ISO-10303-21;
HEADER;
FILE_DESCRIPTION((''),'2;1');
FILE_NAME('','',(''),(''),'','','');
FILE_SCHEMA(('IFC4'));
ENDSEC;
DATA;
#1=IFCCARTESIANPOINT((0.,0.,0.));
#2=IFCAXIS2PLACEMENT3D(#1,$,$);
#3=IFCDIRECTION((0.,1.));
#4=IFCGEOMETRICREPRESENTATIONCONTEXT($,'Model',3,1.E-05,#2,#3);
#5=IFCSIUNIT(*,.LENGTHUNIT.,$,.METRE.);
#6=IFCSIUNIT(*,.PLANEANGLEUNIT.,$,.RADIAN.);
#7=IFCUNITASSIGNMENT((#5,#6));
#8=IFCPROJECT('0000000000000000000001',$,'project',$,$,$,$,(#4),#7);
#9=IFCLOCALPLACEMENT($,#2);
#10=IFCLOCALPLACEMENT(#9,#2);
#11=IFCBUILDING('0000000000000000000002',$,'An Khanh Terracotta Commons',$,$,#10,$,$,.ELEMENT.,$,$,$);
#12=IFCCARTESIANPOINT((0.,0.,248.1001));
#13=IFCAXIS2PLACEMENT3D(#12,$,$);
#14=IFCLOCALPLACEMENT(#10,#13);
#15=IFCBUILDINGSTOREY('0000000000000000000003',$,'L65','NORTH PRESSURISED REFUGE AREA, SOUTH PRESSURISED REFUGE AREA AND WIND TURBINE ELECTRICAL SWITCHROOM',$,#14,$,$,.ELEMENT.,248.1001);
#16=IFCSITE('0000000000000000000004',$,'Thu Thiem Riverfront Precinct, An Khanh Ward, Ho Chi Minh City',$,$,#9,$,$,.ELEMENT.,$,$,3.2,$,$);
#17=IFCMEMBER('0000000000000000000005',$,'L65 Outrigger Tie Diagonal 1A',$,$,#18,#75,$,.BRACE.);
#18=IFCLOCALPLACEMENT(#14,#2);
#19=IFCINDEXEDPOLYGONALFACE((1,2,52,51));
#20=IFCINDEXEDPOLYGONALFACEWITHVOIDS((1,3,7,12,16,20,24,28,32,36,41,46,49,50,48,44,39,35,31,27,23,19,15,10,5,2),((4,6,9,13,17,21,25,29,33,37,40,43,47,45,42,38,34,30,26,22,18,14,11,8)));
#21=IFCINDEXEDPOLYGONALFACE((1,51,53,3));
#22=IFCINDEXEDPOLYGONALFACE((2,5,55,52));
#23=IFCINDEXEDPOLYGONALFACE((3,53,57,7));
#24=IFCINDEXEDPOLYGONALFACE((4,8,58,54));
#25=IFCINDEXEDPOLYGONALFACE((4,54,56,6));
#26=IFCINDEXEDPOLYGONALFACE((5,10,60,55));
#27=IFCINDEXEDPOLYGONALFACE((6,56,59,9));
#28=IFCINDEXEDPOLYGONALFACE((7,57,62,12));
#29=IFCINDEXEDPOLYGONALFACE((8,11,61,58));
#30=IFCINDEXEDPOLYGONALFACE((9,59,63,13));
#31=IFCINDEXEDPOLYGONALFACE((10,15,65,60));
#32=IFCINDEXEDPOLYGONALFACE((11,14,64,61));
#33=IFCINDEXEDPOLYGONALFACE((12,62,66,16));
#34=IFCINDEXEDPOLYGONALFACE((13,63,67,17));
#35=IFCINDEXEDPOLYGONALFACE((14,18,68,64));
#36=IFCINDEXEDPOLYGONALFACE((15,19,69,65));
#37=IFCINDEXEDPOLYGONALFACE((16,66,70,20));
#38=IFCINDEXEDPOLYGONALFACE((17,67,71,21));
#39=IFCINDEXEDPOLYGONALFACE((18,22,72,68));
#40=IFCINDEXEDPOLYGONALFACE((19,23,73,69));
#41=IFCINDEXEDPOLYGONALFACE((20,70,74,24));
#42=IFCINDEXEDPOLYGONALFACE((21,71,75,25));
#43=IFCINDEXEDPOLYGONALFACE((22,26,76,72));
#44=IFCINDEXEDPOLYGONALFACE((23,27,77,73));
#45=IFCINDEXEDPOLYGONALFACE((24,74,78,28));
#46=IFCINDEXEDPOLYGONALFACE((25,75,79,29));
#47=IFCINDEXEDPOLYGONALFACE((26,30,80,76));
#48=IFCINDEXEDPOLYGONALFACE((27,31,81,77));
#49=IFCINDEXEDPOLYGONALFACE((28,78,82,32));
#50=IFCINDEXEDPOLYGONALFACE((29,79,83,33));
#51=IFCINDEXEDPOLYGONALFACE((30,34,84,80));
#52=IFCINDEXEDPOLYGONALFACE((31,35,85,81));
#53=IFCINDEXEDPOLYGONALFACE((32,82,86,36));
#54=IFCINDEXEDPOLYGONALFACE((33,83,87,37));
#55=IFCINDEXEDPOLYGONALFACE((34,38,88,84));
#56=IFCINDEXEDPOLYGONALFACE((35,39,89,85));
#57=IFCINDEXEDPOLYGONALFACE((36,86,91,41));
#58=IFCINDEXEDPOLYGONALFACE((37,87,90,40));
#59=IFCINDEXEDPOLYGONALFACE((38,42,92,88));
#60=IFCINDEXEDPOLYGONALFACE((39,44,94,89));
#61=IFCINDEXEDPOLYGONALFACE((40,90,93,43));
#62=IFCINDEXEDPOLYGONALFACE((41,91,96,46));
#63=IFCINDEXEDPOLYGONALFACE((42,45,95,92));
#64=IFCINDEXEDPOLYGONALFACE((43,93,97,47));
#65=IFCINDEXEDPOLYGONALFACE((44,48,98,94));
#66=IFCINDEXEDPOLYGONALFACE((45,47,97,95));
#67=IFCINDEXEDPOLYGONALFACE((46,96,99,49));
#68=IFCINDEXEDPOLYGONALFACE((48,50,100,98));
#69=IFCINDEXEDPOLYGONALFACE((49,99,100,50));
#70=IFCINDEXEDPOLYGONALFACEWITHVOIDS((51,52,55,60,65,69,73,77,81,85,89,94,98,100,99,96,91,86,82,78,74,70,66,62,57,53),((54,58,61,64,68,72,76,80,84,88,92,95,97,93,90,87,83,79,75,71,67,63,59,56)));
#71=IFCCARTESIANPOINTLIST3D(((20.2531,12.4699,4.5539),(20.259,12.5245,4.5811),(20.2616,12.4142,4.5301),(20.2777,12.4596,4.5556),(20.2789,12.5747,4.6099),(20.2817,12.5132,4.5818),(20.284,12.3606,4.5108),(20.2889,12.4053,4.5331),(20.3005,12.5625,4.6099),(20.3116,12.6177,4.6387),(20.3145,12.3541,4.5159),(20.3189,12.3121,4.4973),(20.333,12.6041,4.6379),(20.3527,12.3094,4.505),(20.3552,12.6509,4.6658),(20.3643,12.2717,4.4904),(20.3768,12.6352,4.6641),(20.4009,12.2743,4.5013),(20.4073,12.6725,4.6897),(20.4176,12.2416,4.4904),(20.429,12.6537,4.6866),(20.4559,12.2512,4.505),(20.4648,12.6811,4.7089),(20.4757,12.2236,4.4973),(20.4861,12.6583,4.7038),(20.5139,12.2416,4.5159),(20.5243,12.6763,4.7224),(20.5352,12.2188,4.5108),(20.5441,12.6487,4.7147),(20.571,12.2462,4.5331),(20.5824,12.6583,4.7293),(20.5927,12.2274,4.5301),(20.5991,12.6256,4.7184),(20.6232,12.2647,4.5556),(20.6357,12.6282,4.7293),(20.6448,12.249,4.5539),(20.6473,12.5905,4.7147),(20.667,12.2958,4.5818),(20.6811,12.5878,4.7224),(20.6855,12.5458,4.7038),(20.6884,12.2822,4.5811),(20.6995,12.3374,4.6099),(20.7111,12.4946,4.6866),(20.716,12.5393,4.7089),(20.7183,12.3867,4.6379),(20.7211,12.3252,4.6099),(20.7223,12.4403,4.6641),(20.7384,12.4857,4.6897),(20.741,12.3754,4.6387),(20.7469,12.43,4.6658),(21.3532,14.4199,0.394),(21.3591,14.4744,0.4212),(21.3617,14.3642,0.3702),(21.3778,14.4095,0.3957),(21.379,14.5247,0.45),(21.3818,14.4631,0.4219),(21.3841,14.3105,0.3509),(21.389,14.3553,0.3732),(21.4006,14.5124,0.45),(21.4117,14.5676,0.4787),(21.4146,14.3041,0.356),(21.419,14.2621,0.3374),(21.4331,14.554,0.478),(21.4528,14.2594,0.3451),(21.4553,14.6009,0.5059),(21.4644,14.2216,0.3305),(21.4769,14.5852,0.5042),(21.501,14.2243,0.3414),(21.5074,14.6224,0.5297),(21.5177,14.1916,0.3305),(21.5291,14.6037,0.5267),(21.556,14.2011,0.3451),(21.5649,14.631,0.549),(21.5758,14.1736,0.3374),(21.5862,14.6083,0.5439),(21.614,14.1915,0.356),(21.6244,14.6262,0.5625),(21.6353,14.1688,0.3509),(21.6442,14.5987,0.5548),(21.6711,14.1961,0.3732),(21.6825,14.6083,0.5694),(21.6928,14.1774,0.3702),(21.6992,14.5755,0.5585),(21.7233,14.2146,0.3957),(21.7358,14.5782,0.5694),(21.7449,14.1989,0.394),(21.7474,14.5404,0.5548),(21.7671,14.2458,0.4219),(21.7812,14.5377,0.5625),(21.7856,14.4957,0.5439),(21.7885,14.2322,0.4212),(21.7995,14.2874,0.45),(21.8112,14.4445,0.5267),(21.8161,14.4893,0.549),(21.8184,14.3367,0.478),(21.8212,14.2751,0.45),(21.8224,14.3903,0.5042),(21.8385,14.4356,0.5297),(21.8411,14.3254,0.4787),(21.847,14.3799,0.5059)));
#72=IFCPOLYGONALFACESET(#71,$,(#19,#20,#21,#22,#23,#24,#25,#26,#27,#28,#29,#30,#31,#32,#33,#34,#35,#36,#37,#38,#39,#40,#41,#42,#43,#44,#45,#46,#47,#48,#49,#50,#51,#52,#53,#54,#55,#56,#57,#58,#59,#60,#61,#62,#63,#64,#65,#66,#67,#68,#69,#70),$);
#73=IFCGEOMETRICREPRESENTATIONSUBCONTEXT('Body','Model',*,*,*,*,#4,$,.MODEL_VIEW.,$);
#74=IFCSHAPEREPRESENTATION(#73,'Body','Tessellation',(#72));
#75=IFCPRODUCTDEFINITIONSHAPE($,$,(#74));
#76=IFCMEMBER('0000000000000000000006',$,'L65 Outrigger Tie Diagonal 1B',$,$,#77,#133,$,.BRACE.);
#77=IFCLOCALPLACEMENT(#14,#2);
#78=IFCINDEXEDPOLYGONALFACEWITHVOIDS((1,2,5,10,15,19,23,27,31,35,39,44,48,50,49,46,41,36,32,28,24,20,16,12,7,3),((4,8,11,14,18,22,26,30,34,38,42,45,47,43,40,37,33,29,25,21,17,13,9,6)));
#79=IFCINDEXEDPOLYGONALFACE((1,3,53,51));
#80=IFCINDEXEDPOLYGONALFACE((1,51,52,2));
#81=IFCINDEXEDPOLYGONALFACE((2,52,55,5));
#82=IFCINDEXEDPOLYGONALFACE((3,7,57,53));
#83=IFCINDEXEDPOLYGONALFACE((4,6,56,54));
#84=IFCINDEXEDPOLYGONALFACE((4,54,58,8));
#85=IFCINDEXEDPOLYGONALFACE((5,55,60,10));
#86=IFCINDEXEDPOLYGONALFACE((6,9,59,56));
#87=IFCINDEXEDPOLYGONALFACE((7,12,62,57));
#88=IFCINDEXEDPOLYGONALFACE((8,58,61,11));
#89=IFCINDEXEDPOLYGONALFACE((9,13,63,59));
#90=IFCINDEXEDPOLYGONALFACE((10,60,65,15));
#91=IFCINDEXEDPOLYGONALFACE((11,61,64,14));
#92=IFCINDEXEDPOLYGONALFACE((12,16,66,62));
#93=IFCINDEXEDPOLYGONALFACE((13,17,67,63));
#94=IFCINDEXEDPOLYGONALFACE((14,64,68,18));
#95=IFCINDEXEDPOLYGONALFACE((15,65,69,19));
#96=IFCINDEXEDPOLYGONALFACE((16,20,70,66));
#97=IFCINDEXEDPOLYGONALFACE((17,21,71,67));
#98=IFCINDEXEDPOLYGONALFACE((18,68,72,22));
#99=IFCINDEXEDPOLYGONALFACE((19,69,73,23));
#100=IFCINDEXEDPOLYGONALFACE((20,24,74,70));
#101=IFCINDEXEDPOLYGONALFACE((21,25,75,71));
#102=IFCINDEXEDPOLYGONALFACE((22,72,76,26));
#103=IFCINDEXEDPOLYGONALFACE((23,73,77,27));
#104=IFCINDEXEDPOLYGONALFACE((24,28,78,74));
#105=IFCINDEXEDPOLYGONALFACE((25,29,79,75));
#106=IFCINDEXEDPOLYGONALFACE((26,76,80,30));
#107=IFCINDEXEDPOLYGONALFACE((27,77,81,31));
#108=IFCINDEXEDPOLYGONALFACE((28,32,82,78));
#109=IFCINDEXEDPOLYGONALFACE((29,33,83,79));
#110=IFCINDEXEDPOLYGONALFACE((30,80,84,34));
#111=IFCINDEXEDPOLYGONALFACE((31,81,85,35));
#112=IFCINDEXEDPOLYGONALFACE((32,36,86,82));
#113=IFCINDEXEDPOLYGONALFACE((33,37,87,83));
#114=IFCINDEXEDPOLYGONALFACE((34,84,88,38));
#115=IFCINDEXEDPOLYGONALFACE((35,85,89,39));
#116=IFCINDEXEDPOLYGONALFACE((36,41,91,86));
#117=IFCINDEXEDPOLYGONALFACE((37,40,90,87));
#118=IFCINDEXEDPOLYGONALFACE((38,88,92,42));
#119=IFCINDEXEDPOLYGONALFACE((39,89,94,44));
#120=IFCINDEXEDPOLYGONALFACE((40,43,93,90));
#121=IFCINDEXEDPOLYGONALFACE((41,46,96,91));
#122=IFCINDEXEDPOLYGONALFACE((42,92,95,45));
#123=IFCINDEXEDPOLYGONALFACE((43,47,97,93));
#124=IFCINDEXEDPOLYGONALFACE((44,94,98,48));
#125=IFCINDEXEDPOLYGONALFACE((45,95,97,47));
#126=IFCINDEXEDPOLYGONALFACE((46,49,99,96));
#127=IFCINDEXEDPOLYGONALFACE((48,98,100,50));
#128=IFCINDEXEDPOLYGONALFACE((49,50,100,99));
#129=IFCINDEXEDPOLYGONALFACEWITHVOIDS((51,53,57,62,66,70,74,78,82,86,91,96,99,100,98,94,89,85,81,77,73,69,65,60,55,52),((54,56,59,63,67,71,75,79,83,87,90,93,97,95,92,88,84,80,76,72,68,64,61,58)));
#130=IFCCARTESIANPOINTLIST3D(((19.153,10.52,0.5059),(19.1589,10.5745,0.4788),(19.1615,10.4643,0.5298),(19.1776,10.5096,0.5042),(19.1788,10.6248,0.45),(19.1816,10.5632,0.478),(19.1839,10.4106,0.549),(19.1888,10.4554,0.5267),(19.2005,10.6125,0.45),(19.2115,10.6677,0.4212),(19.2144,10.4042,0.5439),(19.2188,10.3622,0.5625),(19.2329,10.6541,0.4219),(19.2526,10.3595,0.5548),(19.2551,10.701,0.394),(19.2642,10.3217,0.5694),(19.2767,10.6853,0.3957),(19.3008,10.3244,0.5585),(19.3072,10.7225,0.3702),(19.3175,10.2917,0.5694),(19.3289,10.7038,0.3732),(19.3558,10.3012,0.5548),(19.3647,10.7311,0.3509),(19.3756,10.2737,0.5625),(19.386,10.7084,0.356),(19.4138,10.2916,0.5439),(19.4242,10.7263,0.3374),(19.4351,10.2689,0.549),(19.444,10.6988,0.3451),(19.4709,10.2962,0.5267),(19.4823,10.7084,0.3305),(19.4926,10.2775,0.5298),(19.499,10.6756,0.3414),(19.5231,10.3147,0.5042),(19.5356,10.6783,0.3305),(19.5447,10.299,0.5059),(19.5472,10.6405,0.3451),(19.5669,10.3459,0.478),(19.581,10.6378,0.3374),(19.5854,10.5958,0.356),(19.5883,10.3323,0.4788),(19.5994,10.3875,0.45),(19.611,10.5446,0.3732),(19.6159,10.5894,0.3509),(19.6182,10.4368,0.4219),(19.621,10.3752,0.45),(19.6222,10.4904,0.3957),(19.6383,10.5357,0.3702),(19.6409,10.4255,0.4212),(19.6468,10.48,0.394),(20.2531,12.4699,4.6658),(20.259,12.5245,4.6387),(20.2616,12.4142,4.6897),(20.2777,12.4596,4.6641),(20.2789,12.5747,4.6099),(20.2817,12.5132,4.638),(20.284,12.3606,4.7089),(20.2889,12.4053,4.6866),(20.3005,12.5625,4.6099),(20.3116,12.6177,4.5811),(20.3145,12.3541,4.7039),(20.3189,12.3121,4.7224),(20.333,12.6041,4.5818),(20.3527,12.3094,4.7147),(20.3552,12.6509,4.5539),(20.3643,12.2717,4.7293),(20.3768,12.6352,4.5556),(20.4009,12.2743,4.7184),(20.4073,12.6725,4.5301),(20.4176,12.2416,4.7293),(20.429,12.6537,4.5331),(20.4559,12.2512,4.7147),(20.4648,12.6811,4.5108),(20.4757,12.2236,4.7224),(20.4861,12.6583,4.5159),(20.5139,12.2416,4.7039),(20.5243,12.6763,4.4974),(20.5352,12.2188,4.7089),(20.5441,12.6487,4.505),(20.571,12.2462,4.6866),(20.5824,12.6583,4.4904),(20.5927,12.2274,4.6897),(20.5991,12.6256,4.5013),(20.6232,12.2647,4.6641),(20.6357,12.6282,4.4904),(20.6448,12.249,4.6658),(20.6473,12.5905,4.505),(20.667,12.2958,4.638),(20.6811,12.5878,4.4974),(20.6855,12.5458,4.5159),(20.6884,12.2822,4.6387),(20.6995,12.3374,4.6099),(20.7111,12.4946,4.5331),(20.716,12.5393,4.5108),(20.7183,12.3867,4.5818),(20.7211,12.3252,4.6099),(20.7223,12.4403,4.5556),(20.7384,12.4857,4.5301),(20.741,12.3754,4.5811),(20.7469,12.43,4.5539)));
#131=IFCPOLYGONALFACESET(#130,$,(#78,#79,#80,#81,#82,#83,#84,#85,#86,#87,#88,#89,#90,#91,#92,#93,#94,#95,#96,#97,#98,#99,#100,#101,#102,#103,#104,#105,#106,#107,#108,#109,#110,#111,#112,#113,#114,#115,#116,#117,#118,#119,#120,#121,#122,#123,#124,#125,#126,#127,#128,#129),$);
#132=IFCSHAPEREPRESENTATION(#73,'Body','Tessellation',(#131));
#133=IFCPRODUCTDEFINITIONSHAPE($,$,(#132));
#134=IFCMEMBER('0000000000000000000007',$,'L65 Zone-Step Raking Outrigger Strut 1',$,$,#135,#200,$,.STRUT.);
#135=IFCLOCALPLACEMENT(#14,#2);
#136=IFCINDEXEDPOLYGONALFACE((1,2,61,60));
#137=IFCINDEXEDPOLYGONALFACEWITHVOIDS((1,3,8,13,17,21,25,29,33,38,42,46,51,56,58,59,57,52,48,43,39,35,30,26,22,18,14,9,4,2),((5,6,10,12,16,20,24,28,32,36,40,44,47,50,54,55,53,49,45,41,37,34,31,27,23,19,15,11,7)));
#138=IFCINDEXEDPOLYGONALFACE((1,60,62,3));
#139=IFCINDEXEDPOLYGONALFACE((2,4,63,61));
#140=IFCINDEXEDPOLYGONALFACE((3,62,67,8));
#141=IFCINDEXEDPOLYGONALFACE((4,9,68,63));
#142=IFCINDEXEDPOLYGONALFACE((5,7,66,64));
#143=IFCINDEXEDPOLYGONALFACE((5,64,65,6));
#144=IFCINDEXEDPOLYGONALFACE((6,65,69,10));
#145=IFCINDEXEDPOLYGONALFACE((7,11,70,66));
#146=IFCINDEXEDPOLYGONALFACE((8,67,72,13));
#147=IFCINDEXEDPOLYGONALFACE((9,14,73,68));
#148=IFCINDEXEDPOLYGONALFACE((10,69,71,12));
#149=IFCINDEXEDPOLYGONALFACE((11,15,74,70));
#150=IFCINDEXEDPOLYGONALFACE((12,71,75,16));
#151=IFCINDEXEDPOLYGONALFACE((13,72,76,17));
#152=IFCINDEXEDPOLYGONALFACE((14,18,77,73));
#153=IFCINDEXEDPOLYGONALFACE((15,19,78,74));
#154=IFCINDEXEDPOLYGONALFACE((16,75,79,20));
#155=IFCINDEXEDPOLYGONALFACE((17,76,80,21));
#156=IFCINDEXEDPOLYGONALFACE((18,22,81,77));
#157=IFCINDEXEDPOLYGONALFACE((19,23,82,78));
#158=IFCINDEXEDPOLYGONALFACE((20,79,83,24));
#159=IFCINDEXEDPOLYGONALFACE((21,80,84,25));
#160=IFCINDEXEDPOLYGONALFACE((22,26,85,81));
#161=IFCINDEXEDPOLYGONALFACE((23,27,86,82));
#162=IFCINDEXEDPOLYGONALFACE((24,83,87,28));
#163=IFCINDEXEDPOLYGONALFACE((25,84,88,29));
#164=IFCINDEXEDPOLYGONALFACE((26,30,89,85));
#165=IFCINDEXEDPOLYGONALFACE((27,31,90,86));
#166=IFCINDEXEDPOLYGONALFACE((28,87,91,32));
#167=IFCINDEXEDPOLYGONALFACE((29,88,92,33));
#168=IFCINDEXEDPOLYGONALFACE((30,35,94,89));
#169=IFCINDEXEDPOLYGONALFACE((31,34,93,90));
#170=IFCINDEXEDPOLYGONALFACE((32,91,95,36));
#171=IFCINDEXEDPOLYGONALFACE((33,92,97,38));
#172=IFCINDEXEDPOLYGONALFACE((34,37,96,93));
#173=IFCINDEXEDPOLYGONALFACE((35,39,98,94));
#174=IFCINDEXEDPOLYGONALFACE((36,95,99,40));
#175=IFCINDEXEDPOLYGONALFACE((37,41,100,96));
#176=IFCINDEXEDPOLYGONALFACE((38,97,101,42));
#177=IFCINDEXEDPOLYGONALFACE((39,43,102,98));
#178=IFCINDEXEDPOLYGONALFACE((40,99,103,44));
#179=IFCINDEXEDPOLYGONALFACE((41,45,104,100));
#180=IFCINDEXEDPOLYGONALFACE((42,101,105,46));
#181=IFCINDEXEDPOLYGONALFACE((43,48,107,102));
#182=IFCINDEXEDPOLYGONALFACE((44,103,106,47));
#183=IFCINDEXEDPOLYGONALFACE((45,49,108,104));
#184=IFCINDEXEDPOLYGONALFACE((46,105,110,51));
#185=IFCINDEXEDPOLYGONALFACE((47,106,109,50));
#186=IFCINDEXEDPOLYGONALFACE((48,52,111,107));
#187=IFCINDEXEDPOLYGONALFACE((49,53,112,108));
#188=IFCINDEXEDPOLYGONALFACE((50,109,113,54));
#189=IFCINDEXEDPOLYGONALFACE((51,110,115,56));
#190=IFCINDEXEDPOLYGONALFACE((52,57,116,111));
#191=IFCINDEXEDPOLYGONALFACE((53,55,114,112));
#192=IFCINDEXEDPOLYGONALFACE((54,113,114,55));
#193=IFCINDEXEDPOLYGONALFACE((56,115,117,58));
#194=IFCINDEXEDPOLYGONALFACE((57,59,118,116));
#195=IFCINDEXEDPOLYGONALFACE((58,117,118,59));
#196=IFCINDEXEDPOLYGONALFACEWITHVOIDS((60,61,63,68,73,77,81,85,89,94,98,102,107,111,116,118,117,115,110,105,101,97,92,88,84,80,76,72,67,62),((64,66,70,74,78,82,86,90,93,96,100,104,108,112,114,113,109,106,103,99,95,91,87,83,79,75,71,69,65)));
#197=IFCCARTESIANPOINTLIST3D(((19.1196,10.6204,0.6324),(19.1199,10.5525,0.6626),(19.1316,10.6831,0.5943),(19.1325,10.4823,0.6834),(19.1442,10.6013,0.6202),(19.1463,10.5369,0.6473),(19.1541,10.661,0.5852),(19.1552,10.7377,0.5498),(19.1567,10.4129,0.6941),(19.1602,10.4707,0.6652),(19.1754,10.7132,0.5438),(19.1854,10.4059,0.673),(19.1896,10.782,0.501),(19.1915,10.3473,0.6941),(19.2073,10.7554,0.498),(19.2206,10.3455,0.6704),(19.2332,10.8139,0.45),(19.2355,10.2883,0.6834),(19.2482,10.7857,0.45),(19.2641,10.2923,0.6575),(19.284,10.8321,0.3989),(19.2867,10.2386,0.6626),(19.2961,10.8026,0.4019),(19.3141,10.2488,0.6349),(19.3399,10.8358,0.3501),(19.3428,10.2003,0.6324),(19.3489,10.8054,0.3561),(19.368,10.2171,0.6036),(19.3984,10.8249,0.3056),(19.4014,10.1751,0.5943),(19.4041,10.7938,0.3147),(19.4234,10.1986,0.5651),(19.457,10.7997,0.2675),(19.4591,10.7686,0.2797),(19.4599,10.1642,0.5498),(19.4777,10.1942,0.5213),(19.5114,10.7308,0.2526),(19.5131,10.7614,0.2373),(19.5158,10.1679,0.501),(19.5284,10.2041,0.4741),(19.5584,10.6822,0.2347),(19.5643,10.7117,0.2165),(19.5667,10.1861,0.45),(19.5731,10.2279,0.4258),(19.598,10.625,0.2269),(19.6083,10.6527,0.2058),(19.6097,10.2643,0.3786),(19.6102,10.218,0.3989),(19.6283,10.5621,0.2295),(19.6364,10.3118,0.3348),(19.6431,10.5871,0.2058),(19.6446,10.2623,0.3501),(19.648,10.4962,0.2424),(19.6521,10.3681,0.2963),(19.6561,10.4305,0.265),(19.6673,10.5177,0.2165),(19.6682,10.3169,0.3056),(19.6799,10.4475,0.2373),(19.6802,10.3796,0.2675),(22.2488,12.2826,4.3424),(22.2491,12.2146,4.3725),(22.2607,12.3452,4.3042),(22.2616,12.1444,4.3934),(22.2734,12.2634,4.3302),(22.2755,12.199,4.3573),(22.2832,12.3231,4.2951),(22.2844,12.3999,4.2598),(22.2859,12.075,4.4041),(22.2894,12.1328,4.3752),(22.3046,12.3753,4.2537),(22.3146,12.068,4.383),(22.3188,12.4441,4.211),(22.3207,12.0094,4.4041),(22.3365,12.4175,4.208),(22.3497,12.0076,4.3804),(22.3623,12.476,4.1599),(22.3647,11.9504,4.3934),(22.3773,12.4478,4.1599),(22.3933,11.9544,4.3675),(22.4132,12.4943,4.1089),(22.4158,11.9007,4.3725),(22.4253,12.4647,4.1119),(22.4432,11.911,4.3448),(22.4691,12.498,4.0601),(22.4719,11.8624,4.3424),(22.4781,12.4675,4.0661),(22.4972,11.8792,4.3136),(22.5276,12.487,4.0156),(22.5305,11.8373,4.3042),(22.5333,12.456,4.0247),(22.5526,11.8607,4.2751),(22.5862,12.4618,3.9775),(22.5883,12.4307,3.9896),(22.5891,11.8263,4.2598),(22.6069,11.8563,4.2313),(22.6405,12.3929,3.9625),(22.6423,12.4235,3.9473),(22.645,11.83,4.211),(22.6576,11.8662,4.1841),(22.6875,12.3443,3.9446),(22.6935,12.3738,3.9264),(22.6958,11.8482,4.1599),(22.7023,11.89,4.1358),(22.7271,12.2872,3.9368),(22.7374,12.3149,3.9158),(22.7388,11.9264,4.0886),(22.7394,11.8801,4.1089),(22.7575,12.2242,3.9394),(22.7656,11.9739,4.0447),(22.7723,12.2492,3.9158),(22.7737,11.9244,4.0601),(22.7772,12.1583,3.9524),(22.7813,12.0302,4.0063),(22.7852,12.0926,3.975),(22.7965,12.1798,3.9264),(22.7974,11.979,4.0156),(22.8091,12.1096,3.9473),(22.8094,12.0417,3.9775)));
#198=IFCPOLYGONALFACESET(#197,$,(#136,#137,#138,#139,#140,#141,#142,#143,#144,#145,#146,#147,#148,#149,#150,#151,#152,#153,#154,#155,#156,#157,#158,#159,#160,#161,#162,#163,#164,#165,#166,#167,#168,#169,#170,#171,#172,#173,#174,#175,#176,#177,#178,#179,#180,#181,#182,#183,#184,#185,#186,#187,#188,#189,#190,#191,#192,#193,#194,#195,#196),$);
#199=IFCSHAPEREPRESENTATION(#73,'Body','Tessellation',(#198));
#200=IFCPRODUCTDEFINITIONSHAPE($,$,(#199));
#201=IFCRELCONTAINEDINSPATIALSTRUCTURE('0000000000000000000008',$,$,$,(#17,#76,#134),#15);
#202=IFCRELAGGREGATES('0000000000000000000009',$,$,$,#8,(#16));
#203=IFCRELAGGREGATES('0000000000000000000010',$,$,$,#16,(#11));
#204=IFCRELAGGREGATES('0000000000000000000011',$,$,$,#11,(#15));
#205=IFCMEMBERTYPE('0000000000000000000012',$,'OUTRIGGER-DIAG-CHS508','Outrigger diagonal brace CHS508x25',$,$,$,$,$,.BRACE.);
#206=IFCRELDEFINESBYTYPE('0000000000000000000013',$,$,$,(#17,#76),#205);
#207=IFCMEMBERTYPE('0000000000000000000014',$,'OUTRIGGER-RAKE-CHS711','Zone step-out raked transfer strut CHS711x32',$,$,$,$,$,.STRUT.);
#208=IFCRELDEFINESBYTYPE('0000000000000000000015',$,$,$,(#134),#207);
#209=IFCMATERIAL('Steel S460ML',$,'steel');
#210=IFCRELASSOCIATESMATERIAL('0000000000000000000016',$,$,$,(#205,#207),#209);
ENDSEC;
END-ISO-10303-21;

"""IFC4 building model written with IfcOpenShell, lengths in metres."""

from ifc_helpers import new_model, si_unit, direction, frame, origin, origin_2d, place, context, subcontext, project, spatial, hollow_circle, extrude, material, material_profile, profile_set, type_object, element, save


model = new_model("IFC4")

# Units and contexts
model_context = context("Model", 3, precision=1e-05, world=origin(), true_north=direction((0.0, 1.0)))
body_context = subcontext(model_context, "Body", "Model", "MODEL_VIEW")
ifc_project = project(units=[si_unit("LENGTHUNIT", "METRE"), si_unit("PLANEANGLEUNIT", "RADIAN")], contexts=[model_context])

# Site, building, storey
site_placement = place(None, origin())
site = spatial("IfcSite", under=ifc_project, at=site_placement, Name="Thu Thiem Riverfront Precinct, An Khanh Ward, Ho Chi Minh City", CompositionType="ELEMENT", RefElevation=3.2)
building_placement = place(site_placement, origin())
building = spatial("IfcBuilding", under=site, at=building_placement, Name="An Khanh Terracotta Commons", CompositionType="ELEMENT")
storey_placement = place(building_placement, frame((0.0, 0.0, 248.1001)))
storey = spatial("IfcBuildingStorey", under=building, at=storey_placement, Name="L65", Description="NORTH PRESSURISED REFUGE AREA, SOUTH PRESSURISED REFUGE AREA AND WIND TURBINE ELECTRICAL SWITCHROOM", CompositionType="ELEMENT", Elevation=248.1001)

# Shared definitions
ifc_material_1 = material(Name="Steel S460ML", Category="steel")

# Members
ifc_material_profile_1 = material_profile(ifc_material_1, hollow_circle(Radius=0.2539, WallThickness=0.0249, at=origin_2d()), Name="CHS508x25")
ifc_profile_set_1 = profile_set([ifc_material_profile_1], Name="Steel S460ML")
member_type_1 = type_object("IfcMemberType", Name="OUTRIGGER-DIAG-CHS508", Description="Outrigger diagonal brace CHS508x25", PredefinedType="BRACE", material=ifc_profile_set_1)
for number, where, z_axis, x_axis, name in (
    (1, (21.6001, 14.3999, 0.45), (-0.232868, -0.412764, 0.880567), (0.870955, -0.491364, 0.0), "L65 Outrigger Tie Diagonal 1A"),
    (2, (20.5, 12.45, 4.6099), (-0.232868, -0.412764, -0.880567), (0.870955, -0.491364, 0.0), "L65 Outrigger Tie Diagonal 1B"),
):
    element("IfcMember", number, at=place(storey_placement, frame(where, z_axis=z_axis, x_axis=x_axis)), inside=storey, type_object=member_type_1, Name=name, PredefinedType="BRACE", context=body_context, shape_type="SweptSolid", body=[
        extrude(hollow_circle(Radius=0.2539, WallThickness=0.0249, at=origin_2d()), origin(), (0.0, 0.0, 1.0), 4.7241),
    ])
ifc_material_profile_2 = material_profile(ifc_material_1, hollow_circle(Radius=0.3555, WallThickness=0.032, at=origin_2d()), Name="CHS711x32")
ifc_profile_set_2 = profile_set([ifc_material_profile_2], Name="Steel S460ML")
member_type_2 = type_object("IfcMemberType", Name="OUTRIGGER-RAKE-CHS711", Description="Zone step-out raked transfer strut CHS711x32", PredefinedType="STRUT", material=ifc_profile_set_2)
member_1_placement = place(storey_placement, frame((19.3999, 10.5, 0.45), z_axis=(0.609958, 0.323991, 0.723174), x_axis=(-0.4691, 0.883145, 0.0)))
element("IfcMember", 3, at=member_1_placement, inside=storey, type_object=member_type_2, Name="L65 Zone-Step Raking Outrigger Strut 1", PredefinedType="STRUT", context=body_context, shape_type="SweptSolid", body=[
    extrude(hollow_circle(Radius=0.3555, WallThickness=0.032, at=origin_2d()), origin(), (0.0, 0.0, 1.0), 5.1301),
])

save(model, "model.ifc")
